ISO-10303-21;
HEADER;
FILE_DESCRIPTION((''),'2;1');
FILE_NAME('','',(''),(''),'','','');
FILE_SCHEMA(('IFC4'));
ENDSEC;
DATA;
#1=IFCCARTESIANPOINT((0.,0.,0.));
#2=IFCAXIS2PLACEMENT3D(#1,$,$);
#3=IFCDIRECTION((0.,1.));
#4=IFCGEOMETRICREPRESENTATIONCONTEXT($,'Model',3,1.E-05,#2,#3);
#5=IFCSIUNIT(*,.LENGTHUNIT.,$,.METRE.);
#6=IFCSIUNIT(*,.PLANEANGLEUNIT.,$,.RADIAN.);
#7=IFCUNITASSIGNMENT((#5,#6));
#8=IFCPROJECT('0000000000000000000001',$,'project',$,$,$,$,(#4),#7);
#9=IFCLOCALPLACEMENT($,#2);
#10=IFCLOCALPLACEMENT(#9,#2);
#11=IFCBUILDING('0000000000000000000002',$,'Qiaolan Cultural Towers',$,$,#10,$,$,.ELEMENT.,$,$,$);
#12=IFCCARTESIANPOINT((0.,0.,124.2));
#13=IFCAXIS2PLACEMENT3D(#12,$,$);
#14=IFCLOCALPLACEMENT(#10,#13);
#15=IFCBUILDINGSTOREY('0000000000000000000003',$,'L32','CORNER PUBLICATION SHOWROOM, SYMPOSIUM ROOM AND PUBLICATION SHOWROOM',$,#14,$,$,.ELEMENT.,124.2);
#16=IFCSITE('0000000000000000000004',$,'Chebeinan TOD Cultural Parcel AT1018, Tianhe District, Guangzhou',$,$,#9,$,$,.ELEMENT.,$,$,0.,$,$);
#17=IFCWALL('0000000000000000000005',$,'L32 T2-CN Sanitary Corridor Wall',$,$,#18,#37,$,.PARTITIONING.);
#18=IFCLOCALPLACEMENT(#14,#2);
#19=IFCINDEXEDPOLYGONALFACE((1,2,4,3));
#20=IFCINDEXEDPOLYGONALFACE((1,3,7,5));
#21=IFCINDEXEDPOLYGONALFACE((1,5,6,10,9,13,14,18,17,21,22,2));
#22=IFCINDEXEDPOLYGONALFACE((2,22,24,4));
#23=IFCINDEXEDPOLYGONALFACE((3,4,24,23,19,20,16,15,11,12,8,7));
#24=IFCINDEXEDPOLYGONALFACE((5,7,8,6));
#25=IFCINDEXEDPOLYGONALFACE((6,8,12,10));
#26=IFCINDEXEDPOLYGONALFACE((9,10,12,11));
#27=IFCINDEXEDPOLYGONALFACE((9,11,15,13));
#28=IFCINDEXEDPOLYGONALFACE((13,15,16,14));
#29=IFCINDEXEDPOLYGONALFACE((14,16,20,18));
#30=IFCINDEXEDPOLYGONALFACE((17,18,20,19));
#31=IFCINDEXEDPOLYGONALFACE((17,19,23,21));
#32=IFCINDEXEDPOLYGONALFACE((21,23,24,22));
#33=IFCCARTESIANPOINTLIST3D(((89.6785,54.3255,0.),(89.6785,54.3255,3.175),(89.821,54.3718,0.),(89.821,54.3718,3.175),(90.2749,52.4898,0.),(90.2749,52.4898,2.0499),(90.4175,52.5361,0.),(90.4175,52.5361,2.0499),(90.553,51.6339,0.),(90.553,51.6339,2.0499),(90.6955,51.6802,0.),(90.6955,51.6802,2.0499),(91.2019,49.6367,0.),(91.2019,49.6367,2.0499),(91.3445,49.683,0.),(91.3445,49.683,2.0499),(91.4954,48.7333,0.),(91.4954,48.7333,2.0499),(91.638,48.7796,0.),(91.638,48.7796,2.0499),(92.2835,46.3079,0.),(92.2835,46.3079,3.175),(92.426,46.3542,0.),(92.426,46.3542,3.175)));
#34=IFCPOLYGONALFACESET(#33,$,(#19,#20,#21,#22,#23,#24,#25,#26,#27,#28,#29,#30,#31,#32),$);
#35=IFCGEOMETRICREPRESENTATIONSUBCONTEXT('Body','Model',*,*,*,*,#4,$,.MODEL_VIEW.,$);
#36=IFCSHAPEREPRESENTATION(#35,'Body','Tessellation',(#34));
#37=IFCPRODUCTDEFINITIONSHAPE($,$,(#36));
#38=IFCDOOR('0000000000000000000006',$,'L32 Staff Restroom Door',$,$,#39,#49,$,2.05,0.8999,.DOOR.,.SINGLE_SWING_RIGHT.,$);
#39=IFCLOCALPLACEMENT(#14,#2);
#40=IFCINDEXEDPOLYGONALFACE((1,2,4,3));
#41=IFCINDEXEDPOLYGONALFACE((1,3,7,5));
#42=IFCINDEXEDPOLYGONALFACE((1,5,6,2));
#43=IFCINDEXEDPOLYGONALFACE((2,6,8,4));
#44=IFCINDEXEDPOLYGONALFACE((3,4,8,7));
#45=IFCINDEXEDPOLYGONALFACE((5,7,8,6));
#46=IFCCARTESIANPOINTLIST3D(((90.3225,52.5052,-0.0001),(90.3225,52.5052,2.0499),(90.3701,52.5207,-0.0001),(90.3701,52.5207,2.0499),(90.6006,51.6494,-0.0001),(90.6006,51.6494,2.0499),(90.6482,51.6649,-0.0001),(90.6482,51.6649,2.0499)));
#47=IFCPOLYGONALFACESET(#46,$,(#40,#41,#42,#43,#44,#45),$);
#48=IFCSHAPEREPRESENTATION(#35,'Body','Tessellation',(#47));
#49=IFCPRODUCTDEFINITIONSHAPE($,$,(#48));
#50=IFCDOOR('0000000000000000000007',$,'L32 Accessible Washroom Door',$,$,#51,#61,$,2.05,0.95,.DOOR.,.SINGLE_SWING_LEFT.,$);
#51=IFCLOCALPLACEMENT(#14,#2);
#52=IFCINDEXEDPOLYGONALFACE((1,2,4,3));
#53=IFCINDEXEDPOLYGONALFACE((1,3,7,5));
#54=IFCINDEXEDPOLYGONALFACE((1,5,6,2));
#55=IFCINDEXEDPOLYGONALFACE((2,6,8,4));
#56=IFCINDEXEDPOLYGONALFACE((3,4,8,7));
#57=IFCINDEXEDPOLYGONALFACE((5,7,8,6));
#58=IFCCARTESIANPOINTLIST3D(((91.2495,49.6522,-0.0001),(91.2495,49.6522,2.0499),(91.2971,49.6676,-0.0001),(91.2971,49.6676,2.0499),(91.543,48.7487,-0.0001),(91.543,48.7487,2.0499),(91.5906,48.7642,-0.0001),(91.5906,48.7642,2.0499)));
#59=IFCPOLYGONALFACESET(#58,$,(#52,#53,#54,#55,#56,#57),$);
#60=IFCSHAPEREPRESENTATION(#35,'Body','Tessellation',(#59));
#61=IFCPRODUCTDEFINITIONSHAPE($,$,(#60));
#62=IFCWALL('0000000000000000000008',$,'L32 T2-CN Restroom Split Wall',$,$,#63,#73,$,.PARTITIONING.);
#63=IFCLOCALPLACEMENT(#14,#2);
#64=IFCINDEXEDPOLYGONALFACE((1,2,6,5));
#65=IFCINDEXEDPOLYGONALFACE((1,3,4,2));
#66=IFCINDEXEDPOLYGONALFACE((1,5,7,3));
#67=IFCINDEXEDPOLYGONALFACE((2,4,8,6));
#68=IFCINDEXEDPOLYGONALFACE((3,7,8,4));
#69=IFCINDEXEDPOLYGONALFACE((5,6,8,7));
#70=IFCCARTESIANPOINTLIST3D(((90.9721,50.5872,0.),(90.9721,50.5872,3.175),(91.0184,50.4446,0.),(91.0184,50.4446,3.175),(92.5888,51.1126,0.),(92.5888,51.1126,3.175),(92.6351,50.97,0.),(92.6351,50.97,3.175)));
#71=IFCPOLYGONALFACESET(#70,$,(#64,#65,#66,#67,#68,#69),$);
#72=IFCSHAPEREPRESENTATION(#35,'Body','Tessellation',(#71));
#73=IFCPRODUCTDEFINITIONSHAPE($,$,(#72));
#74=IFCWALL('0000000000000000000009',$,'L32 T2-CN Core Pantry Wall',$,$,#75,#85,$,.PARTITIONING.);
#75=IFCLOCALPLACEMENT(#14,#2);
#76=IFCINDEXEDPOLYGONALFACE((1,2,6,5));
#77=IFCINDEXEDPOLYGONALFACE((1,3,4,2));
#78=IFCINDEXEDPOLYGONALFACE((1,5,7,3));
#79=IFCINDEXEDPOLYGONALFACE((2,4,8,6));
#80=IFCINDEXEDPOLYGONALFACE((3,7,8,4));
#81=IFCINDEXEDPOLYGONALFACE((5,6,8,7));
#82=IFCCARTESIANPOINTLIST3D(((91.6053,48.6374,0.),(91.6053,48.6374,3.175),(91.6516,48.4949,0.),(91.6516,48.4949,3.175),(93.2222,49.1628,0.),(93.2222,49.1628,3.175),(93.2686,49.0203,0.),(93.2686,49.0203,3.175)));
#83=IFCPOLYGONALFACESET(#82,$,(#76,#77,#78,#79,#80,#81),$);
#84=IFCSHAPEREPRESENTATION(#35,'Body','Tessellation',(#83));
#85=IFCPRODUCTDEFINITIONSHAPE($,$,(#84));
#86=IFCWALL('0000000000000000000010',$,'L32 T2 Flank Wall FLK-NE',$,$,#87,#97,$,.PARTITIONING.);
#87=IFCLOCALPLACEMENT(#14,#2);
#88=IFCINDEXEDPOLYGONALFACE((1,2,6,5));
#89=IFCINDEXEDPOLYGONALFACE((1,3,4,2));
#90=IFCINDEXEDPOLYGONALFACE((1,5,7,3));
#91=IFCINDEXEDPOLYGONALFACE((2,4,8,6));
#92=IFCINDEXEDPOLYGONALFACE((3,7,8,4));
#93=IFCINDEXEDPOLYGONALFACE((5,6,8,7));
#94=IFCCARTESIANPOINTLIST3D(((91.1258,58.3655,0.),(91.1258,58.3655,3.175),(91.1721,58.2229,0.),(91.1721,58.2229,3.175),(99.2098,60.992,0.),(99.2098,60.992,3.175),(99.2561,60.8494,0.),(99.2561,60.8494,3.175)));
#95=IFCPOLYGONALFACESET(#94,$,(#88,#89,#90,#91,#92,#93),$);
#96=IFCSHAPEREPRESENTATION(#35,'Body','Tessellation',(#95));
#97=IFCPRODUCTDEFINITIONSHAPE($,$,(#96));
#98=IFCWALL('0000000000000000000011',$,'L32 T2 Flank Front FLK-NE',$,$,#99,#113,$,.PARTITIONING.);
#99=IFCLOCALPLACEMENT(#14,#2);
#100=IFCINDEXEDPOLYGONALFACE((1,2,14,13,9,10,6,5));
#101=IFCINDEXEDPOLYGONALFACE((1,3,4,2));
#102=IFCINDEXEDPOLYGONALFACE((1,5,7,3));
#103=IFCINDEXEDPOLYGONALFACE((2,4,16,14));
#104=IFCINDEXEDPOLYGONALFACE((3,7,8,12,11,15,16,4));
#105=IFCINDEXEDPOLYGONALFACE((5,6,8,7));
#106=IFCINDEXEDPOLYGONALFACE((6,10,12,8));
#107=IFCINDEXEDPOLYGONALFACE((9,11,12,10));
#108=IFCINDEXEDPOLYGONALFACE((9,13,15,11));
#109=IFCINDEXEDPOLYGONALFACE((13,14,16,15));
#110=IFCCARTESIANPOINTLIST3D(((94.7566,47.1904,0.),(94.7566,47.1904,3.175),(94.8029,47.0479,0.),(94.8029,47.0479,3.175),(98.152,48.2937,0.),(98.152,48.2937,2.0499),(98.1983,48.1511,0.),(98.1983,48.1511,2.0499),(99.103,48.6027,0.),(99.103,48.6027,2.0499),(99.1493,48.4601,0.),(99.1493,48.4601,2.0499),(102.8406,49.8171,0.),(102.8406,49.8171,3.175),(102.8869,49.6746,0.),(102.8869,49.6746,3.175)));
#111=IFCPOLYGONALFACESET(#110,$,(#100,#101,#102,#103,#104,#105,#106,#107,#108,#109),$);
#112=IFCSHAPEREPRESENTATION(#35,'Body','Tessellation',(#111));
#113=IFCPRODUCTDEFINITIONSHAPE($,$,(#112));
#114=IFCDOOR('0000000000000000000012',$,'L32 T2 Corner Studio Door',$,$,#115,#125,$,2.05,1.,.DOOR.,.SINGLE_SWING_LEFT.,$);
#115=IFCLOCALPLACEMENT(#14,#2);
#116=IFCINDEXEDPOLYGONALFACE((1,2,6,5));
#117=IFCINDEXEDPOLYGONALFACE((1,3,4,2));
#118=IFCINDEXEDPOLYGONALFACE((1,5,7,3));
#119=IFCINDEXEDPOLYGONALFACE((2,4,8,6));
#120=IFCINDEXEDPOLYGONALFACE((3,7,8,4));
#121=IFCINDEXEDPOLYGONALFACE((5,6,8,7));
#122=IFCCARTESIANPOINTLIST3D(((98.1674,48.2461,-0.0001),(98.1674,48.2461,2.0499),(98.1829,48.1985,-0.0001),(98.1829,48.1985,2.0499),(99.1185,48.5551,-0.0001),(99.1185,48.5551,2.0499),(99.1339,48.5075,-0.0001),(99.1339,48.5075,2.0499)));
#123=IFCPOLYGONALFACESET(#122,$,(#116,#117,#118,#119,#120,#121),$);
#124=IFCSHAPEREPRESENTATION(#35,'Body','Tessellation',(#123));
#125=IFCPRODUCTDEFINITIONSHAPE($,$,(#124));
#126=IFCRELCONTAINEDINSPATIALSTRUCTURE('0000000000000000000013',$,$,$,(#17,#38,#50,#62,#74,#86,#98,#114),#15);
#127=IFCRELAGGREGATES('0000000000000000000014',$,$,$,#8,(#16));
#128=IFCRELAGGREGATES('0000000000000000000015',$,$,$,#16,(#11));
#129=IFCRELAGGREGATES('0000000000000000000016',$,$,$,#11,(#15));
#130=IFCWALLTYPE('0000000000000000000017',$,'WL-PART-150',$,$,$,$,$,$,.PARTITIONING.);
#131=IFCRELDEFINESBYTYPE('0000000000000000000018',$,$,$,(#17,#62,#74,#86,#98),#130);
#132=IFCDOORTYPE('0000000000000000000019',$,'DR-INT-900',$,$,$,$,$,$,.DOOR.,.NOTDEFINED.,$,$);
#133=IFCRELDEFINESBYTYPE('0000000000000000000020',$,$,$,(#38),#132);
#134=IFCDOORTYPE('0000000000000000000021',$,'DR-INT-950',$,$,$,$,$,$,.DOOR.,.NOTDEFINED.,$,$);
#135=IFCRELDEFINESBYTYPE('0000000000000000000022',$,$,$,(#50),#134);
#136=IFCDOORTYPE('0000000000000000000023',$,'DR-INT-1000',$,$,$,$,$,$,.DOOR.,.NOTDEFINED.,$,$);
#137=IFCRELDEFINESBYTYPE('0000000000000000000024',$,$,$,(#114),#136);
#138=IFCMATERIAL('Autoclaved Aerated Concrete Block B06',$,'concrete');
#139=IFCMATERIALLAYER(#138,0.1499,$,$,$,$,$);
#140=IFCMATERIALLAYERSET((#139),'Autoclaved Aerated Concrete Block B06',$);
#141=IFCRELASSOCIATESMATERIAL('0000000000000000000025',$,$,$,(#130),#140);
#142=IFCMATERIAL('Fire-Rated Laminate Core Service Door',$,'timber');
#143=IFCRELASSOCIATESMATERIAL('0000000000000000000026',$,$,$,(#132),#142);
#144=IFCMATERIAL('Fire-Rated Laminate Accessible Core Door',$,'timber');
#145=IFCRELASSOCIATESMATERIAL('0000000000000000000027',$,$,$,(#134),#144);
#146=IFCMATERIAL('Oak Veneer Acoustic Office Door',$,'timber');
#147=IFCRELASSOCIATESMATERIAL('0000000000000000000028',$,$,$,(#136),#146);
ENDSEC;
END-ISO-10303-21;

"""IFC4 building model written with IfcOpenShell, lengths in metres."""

from ifc_helpers import new_model, si_unit, direction, frame, frame_2d, origin, place, context, subcontext, project, spatial, rectangle, extrude, material, layer, layer_set, type_object, element, fill, save


model = new_model("IFC4")

# Units and contexts
model_context = context("Model", 3, precision=1e-05, world=origin(), true_north=direction((0.0, 1.0)))
body_context = subcontext(model_context, "Body", "Model", "MODEL_VIEW")
ifc_project = project(units=[si_unit("LENGTHUNIT", "METRE"), si_unit("PLANEANGLEUNIT", "RADIAN")], contexts=[model_context])

# Site, building, storey
site_placement = place(None, origin())
site = spatial("IfcSite", under=ifc_project, at=site_placement, Name="Chebeinan TOD Cultural Parcel AT1018, Tianhe District, Guangzhou", CompositionType="ELEMENT", RefElevation=0.0)
building_placement = place(site_placement, origin())
building = spatial("IfcBuilding", under=site, at=building_placement, Name="Qiaolan Cultural Towers", CompositionType="ELEMENT")
storey_placement = place(building_placement, frame((0.0, 0.0, 124.2)))
storey = spatial("IfcBuildingStorey", under=building, at=storey_placement, Name="L32", Description="CORNER PUBLICATION SHOWROOM, SYMPOSIUM ROOM AND PUBLICATION SHOWROOM", CompositionType="ELEMENT", Elevation=124.2)

# Wall, openings, doors
ifc_material_1 = material(Name="Autoclaved Aerated Concrete Block B06", Category="concrete")
ifc_layer_1 = layer(ifc_material_1, 0.1499)
ifc_layer_set_1 = layer_set([ifc_layer_1], Name="Autoclaved Aerated Concrete Block B06")
wall_type_1 = type_object("IfcWallType", Name="WL-PART-150", PredefinedType="PARTITIONING", material=ifc_layer_set_1)
ifc_material_2 = material(Name="Fire-Rated Laminate Core Service Door", Category="timber")
door_type_1 = type_object("IfcDoorType", Name="DR-INT-900", OperationType="NOTDEFINED", PredefinedType="DOOR", material=ifc_material_2)
ifc_material_3 = material(Name="Fire-Rated Laminate Accessible Core Door", Category="timber")
door_type_2 = type_object("IfcDoorType", Name="DR-INT-950", OperationType="NOTDEFINED", PredefinedType="DOOR", material=ifc_material_3)
wall_1_placement = place(storey_placement, frame((92.3547, 46.3311, 0.0), z_axis=(0.0, 0.0, 1.0), x_axis=(-0.309007, 0.95106, 0.0)))
wall_1 = element("IfcWall", 1, at=wall_1_placement, inside=storey, type_object=wall_type_1, Name="L32 T2-CN Sanitary Corridor Wall", PredefinedType="PARTITIONING", context=body_context, shape_type="SweptSolid", body=[
    extrude(rectangle(XDim=8.4302, YDim=0.1499, at=frame_2d((4.2151, 0.0))), origin(), (0.0, 0.0, 1.0), 3.175),
])
opening_1_placement = place(wall_1_placement, frame((2.55, 0.0, 0.0)))
opening_1 = element("IfcOpeningElement", 2, at=opening_1_placement, cuts=wall_1, PredefinedType="OPENING", context=body_context, shape_type="SweptSolid", body=[
    extrude(rectangle(XDim=0.95, YDim=2.05, at=frame_2d((0.4751, 1.0249))), frame((0.0, 0.085, 0.0), z_axis=(0.0, -1.0, 0.0), x_axis=(1.0, 0.0, 0.0)), (0.0, 0.0, 1.0), 0.1699),
])
opening_2_placement = place(wall_1_placement, frame((5.6001, 0.0, 0.0)))
opening_2 = element("IfcOpeningElement", 3, at=opening_2_placement, cuts=wall_1, PredefinedType="OPENING", context=body_context, shape_type="SweptSolid", body=[
    extrude(rectangle(XDim=0.8999, YDim=2.05, at=frame_2d((0.45, 1.0249))), frame((0.0, 0.085, 0.0), z_axis=(0.0, -1.0, 0.0), x_axis=(1.0, 0.0, 0.0)), (0.0, 0.0, 1.0), 0.1699),
])
door_1_placement = place(opening_2_placement, origin())
door_1 = element("IfcDoor", 4, at=door_1_placement, inside=storey, type_object=door_type_1, Name="L32 Staff Restroom Door", OperationType="SINGLE_SWING_RIGHT", OverallHeight=2.05, OverallWidth=0.8999, PredefinedType="DOOR", context=body_context, shape_type="SweptSolid", body=[
    extrude(rectangle(XDim=0.8999, YDim=2.05, at=frame_2d((0.45, 1.0249))), frame((0.0, 0.0249, 0.0), z_axis=(0.0, -1.0, 0.0), x_axis=(1.0, 0.0, 0.0)), (0.0, 0.0, 1.0), 0.05),
])
fill(opening_2, door_1)
door_2_placement = place(opening_1_placement, origin())
door_2 = element("IfcDoor", 5, at=door_2_placement, inside=storey, type_object=door_type_2, Name="L32 Accessible Washroom Door", OperationType="SINGLE_SWING_LEFT", OverallHeight=2.05, OverallWidth=0.95, PredefinedType="DOOR", context=body_context, shape_type="SweptSolid", body=[
    extrude(rectangle(XDim=0.95, YDim=2.05, at=frame_2d((0.4751, 1.0249))), frame((0.0, 0.0249, 0.0), z_axis=(0.0, -1.0, 0.0), x_axis=(1.0, 0.0, 0.0)), (0.0, 0.0, 1.0), 0.05),
])
fill(opening_1, door_2)

# Walls
wall_2_placement = place(storey_placement, frame((90.9951, 50.5159, 0.0), z_axis=(0.0, 0.0, 1.0), x_axis=(0.95104, 0.309067, 0.0)))
element("IfcWall", 6, at=wall_2_placement, inside=storey, type_object=wall_type_1, Name="L32 T2-CN Restroom Split Wall", PredefinedType="PARTITIONING", context=body_context, shape_type="SweptSolid", body=[
    extrude(rectangle(XDim=1.7, YDim=0.1499, at=frame_2d((0.8501, 0.0))), origin(), (0.0, 0.0, 1.0), 3.175),
])
wall_3_placement = place(storey_placement, frame((91.6284, 48.5662, 0.0), z_axis=(0.0, 0.0, 1.0), x_axis=(0.951054, 0.309024, 0.0)))
element("IfcWall", 7, at=wall_3_placement, inside=storey, type_object=wall_type_1, Name="L32 T2-CN Core Pantry Wall", PredefinedType="PARTITIONING", context=body_context, shape_type="SweptSolid", body=[
    extrude(rectangle(XDim=1.7002, YDim=0.1499, at=frame_2d((0.8501, 0.0))), origin(), (0.0, 0.0, 1.0), 3.175),
])
wall_4_placement = place(storey_placement, frame((91.1489, 58.2942, 0.0), z_axis=(0.0, 0.0, 1.0), x_axis=(0.951063, 0.308998, 0.0)))
element("IfcWall", 8, at=wall_4_placement, inside=storey, type_object=wall_type_1, Name="L32 T2 Flank Wall FLK-NE", PredefinedType="PARTITIONING", context=body_context, shape_type="SweptSolid", body=[
    extrude(rectangle(XDim=8.5, YDim=0.1499, at=frame_2d((4.25, 0.0))), origin(), (0.0, 0.0, 1.0), 3.175),
])

# Wall, opening, door
wall_5_placement = place(storey_placement, frame((94.7798, 47.1191, 0.0), z_axis=(0.0, 0.0, 1.0), x_axis=(0.951054, 0.309024, 0.0)))
wall_5 = element("IfcWall", 9, at=wall_5_placement, inside=storey, type_object=wall_type_1, Name="L32 T2 Flank Front FLK-NE", PredefinedType="PARTITIONING", context=body_context, shape_type="SweptSolid", body=[
    extrude(rectangle(XDim=8.5, YDim=0.1499, at=frame_2d((4.25, 0.0))), origin(), (0.0, 0.0, 1.0), 3.175),
])
opening_3_placement = place(wall_5_placement, frame((3.5701, 0.0, 0.0)))
opening_3 = element("IfcOpeningElement", 10, at=opening_3_placement, cuts=wall_5, PredefinedType="OPENING", context=body_context, shape_type="SweptSolid", body=[
    extrude(rectangle(XDim=1.0, YDim=2.05, at=frame_2d((0.5, 1.0249))), frame((0.0, 0.085, 0.0), z_axis=(0.0, -1.0, 0.0), x_axis=(1.0, 0.0, 0.0)), (0.0, 0.0, 1.0), 0.1699),
])
ifc_material_4 = material(Name="Oak Veneer Acoustic Office Door", Category="timber")
door_type_3 = type_object("IfcDoorType", Name="DR-INT-1000", OperationType="NOTDEFINED", PredefinedType="DOOR", material=ifc_material_4)
door_3_placement = place(opening_3_placement, origin())
door_3 = element("IfcDoor", 11, at=door_3_placement, inside=storey, type_object=door_type_3, Name="L32 T2 Corner Studio Door", OperationType="SINGLE_SWING_LEFT", OverallHeight=2.05, OverallWidth=1.0, PredefinedType="DOOR", context=body_context, shape_type="SweptSolid", body=[
    extrude(rectangle(XDim=1.0, YDim=2.05, at=frame_2d((0.5, 1.0249))), frame((0.0, 0.0249, 0.0), z_axis=(0.0, -1.0, 0.0), x_axis=(1.0, 0.0, 0.0)), (0.0, 0.0, 1.0), 0.05),
])
fill(opening_3, door_3)

save(model, "model.ifc")
